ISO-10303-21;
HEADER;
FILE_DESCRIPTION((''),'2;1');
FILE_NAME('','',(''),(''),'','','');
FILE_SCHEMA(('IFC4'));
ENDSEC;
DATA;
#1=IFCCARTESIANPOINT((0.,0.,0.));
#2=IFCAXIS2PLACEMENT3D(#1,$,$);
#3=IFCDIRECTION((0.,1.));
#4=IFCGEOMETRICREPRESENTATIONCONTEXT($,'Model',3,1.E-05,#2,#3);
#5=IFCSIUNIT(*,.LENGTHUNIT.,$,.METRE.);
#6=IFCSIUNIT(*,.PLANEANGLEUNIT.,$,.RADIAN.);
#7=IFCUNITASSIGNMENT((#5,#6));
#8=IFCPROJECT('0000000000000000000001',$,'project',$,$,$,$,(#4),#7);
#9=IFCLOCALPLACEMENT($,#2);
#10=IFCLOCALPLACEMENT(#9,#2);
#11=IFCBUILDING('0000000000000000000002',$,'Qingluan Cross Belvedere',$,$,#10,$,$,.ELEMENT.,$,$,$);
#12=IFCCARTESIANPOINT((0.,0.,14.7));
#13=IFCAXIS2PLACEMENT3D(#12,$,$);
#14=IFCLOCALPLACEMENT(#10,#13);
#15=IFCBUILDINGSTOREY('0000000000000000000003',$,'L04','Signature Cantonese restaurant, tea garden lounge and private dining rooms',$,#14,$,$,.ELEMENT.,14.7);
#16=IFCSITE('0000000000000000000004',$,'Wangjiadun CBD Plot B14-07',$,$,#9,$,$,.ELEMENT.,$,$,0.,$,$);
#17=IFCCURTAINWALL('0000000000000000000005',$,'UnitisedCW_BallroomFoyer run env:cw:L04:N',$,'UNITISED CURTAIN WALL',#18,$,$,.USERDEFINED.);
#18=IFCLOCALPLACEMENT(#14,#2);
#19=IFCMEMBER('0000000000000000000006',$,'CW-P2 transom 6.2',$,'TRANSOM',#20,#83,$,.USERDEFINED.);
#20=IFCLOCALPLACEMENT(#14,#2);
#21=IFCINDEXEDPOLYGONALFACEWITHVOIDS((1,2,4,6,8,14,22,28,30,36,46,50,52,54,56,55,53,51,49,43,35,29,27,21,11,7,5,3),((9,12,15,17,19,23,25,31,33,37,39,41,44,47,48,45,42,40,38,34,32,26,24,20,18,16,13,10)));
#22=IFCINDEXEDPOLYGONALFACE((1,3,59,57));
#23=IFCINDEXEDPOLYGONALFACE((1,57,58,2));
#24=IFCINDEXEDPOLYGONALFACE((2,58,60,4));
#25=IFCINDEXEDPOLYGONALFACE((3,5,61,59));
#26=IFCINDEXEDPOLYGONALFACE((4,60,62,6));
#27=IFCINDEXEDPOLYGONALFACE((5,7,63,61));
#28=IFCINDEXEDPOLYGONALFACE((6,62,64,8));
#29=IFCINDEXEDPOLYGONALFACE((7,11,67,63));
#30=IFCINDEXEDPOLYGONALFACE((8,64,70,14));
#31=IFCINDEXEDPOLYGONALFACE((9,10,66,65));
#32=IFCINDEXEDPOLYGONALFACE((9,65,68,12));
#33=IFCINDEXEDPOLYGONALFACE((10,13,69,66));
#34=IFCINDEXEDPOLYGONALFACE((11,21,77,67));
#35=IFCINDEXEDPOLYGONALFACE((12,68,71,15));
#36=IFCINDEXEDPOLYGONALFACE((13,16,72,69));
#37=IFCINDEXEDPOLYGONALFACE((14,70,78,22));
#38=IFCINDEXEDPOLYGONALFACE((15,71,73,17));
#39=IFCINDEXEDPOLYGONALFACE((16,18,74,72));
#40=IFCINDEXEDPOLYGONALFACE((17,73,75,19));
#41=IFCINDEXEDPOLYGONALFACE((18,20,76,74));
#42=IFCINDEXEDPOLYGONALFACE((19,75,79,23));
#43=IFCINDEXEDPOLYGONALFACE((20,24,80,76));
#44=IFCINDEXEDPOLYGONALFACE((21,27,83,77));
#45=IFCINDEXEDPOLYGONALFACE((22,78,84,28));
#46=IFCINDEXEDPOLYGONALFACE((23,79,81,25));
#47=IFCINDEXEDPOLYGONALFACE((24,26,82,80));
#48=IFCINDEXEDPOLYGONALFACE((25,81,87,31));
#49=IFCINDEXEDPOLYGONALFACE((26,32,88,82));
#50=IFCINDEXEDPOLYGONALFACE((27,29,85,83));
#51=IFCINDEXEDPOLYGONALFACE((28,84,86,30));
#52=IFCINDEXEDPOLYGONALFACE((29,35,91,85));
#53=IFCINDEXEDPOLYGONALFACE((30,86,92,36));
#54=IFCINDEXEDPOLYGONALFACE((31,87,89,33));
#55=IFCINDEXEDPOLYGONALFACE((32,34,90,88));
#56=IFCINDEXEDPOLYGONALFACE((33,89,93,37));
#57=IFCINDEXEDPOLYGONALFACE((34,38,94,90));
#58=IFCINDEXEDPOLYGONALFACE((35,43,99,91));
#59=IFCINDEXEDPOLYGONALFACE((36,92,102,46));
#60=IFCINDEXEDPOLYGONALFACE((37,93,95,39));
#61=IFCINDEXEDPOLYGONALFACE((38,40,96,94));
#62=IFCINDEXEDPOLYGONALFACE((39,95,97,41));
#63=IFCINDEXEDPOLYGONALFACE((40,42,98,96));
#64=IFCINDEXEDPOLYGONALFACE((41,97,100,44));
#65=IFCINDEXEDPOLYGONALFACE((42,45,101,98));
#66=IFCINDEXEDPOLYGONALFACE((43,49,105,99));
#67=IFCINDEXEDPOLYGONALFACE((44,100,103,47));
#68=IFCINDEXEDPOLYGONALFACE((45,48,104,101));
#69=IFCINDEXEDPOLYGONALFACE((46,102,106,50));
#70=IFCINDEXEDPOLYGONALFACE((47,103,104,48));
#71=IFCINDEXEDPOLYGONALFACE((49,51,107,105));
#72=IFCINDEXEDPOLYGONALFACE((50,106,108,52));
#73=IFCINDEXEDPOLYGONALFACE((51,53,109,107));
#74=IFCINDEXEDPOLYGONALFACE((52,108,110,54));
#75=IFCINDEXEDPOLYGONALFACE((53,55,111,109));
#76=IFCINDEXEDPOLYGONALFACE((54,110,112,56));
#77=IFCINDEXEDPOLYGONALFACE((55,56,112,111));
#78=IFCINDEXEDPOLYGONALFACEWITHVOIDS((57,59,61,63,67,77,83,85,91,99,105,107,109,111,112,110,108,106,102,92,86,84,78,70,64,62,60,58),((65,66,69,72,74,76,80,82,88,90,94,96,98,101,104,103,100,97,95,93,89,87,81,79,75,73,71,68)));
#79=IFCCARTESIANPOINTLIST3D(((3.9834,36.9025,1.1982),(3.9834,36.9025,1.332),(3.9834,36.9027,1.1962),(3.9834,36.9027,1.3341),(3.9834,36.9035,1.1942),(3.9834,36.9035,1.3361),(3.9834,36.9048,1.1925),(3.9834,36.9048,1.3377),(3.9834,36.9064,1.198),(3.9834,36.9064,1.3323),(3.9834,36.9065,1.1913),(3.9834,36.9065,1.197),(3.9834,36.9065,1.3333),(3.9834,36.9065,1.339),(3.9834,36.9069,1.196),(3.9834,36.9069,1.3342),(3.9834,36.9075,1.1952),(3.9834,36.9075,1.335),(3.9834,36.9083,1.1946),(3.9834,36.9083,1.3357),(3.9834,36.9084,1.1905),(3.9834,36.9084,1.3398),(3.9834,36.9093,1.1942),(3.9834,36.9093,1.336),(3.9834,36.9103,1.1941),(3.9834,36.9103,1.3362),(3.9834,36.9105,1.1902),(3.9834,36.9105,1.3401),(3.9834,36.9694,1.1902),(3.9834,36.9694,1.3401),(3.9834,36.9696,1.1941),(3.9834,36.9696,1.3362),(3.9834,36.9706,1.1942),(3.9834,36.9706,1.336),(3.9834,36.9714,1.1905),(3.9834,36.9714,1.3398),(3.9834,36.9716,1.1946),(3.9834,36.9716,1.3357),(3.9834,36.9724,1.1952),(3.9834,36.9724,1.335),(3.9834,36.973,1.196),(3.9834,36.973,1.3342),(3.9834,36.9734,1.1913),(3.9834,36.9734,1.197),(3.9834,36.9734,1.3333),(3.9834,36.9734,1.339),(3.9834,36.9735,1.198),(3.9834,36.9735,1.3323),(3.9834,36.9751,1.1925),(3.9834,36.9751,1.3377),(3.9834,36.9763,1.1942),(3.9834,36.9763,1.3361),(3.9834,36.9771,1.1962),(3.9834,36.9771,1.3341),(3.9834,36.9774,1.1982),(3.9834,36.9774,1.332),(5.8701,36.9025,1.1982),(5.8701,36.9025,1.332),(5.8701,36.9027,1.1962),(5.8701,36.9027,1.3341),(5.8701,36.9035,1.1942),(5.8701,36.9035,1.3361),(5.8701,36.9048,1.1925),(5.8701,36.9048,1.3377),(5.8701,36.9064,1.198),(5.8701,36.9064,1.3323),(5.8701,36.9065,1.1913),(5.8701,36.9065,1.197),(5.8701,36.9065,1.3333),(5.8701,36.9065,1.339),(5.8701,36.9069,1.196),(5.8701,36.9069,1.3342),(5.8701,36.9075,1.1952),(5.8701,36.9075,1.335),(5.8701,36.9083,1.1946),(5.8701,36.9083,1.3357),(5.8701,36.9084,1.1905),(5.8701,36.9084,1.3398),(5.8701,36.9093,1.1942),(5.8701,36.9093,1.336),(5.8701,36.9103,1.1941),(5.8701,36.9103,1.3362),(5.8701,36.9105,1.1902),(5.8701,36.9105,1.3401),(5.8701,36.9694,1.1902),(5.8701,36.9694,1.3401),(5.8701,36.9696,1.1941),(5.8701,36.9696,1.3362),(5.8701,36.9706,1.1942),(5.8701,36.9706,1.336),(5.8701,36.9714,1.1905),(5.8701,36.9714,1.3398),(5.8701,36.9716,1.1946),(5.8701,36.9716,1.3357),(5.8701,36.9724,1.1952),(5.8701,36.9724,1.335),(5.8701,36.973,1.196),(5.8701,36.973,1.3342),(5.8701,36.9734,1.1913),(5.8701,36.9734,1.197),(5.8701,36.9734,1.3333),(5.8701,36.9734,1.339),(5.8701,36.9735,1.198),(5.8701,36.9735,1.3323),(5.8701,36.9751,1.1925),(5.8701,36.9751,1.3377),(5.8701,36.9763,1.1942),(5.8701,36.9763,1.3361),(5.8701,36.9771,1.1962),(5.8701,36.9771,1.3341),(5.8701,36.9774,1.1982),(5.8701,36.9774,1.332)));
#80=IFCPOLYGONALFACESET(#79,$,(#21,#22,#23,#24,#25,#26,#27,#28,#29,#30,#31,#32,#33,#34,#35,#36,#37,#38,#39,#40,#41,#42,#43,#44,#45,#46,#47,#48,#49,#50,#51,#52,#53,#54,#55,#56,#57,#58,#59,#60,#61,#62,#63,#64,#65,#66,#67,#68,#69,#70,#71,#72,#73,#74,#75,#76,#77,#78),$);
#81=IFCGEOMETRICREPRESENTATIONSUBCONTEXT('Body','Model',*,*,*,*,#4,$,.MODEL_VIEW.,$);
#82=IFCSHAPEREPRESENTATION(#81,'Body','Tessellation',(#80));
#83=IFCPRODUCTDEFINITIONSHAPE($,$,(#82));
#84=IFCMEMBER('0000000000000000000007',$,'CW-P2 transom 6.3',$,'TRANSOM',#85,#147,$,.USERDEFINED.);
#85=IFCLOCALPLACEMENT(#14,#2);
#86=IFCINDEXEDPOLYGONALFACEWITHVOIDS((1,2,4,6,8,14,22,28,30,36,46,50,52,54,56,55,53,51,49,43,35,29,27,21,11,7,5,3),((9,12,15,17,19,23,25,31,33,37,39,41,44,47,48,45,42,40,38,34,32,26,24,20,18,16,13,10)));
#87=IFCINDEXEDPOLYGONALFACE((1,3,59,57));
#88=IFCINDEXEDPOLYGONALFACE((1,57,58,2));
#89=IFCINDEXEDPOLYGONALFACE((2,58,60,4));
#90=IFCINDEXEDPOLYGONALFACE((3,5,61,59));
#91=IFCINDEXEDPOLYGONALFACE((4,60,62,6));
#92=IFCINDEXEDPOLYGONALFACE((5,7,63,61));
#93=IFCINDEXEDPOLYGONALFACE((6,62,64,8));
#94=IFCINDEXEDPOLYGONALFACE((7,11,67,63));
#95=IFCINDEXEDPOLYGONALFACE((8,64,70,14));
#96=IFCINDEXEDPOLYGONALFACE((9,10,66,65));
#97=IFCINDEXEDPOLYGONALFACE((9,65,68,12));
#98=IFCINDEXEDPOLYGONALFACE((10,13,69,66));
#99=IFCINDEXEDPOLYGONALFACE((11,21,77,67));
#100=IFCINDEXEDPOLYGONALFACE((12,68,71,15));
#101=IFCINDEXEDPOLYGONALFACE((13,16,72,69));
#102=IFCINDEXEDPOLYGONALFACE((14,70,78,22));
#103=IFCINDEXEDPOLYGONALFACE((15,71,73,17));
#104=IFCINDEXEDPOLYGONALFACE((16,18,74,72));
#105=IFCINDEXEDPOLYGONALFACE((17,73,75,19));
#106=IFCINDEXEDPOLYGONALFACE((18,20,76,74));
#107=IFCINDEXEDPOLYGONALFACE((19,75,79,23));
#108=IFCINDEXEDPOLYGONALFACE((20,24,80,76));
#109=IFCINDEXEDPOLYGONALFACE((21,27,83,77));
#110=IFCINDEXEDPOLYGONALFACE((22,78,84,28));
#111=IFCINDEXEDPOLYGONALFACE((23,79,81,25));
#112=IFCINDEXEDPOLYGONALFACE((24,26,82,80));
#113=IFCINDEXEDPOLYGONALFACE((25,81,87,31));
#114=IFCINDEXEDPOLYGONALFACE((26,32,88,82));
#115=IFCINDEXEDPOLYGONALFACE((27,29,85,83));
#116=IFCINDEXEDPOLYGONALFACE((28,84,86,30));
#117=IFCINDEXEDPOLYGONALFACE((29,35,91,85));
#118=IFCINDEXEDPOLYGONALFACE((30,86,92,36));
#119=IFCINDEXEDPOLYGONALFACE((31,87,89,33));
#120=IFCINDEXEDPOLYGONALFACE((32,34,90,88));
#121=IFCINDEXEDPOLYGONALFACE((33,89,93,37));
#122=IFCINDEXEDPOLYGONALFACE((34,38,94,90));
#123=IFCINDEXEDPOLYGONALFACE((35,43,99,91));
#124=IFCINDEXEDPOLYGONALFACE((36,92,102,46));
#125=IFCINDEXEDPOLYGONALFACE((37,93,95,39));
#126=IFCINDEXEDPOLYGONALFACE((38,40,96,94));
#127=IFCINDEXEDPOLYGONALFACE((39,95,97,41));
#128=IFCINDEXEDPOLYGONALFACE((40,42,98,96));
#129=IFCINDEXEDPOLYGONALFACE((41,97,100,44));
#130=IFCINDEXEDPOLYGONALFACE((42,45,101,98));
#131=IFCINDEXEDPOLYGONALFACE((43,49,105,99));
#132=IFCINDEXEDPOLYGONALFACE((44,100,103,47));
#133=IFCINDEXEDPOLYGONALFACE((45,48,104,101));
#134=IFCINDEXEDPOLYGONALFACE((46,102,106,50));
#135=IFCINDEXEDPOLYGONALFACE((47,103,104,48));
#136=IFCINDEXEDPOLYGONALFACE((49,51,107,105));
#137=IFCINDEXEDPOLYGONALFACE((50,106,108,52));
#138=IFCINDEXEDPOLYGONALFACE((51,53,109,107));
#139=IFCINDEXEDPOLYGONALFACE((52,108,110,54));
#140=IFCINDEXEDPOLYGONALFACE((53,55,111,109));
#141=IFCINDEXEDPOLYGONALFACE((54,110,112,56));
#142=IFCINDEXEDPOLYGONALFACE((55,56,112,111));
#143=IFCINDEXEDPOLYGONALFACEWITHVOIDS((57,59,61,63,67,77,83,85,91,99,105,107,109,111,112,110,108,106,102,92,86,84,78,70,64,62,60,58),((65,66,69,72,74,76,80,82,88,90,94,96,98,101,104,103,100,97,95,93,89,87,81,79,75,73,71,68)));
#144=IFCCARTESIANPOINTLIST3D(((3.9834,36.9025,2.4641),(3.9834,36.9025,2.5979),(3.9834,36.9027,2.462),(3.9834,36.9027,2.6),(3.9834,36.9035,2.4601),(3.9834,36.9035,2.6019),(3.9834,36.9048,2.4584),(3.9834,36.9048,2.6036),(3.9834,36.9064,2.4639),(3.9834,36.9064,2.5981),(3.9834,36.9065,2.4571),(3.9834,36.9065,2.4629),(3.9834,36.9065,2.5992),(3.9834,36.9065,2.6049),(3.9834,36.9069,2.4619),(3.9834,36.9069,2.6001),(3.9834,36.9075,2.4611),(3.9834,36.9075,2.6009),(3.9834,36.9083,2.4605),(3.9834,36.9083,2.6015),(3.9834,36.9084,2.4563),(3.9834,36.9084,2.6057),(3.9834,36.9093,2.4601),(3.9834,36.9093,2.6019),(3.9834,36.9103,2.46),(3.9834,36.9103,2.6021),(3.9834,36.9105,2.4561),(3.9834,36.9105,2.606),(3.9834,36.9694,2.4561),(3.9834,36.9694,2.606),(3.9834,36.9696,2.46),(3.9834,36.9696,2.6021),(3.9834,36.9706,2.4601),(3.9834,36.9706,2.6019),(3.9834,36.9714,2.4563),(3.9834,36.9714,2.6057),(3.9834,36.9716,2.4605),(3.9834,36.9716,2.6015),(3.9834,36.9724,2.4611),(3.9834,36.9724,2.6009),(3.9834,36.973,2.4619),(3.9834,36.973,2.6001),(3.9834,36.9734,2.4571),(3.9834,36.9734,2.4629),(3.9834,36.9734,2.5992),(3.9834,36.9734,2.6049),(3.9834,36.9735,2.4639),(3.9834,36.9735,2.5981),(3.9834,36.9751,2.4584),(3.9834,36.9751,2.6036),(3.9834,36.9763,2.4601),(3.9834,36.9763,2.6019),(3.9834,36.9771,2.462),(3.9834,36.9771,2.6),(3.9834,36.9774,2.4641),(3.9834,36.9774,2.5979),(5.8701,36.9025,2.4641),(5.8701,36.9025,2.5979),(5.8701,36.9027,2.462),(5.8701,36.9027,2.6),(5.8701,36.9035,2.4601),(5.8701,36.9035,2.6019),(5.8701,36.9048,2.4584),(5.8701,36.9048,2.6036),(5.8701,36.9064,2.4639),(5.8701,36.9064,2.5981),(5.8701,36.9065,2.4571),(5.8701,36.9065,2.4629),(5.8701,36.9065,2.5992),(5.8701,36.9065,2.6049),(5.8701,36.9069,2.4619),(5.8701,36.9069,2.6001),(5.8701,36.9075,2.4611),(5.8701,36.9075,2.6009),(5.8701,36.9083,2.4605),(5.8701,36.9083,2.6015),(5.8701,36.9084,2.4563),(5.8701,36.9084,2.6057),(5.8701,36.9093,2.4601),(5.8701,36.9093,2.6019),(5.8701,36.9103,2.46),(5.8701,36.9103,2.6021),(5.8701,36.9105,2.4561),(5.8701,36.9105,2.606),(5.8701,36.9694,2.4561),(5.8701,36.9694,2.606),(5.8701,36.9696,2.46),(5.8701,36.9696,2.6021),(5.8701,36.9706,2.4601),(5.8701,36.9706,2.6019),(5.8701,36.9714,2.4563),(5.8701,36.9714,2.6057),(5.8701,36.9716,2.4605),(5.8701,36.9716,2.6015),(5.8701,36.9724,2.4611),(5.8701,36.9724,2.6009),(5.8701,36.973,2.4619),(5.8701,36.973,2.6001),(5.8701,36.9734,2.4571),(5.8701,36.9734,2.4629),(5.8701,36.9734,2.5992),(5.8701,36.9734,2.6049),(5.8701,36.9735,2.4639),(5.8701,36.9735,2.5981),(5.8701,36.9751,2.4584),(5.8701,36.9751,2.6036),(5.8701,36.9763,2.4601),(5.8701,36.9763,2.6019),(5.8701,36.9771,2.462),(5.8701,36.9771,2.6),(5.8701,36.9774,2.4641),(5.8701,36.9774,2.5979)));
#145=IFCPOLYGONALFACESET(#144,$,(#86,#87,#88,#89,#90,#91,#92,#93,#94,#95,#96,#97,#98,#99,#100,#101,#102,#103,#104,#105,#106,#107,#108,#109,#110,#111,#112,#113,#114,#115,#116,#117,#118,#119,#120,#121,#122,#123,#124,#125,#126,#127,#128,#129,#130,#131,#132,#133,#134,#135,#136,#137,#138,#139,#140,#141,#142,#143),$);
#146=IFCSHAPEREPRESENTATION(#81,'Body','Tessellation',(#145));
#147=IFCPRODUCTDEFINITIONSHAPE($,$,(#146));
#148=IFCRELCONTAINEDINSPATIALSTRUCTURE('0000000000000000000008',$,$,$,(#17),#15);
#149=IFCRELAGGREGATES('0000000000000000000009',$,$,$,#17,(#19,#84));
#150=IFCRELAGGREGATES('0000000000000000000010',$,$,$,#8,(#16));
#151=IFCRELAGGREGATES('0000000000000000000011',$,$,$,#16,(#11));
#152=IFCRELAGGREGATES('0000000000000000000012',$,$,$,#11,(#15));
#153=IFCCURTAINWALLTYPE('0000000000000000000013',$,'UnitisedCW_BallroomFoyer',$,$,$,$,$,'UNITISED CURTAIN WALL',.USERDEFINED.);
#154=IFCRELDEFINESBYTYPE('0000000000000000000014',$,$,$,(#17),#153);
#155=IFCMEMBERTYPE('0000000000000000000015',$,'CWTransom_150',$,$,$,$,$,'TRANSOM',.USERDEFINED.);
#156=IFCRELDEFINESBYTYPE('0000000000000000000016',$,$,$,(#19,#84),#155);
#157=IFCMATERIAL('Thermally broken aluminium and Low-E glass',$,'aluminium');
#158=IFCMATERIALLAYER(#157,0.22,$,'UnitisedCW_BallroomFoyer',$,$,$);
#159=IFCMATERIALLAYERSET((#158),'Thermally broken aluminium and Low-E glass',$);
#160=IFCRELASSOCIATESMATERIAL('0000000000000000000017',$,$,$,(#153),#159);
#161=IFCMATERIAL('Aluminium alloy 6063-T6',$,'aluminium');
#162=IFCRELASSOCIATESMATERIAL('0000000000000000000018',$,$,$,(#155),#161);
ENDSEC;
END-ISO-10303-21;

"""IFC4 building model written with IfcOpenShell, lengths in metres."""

from ifc_helpers import new_model, si_unit, direction, frame, origin, origin_2d, place, context, subcontext, project, spatial, hollow_rectangle, extrude, material, layer, layer_set, material_profile, profile_set, type_object, element, aggregate, save


model = new_model("IFC4")

# Units and contexts
model_context = context("Model", 3, precision=1e-05, world=origin(), true_north=direction((0.0, 1.0)))
body_context = subcontext(model_context, "Body", "Model", "MODEL_VIEW")
ifc_project = project(units=[si_unit("LENGTHUNIT", "METRE"), si_unit("PLANEANGLEUNIT", "RADIAN")], contexts=[model_context])

# Site, building, storey
site_placement = place(None, origin())
site = spatial("IfcSite", under=ifc_project, at=site_placement, Name="Wangjiadun CBD Plot B14-07", CompositionType="ELEMENT", RefElevation=0.0)
building_placement = place(site_placement, origin())
building = spatial("IfcBuilding", under=site, at=building_placement, Name="Qingluan Cross Belvedere", CompositionType="ELEMENT")
storey_placement = place(building_placement, frame((0.0, 0.0, 14.7)))
storey = spatial("IfcBuildingStorey", under=building, at=storey_placement, Name="L04", Description="Signature Cantonese restaurant, tea garden lounge and private dining rooms", CompositionType="ELEMENT", Elevation=14.7)

# Curtain wall, members
ifc_material_1 = material(Name="Thermally broken aluminium and Low-E glass", Category="aluminium")
ifc_layer_1 = layer(ifc_material_1, 0.22, Name="UnitisedCW_BallroomFoyer")
ifc_layer_set_1 = layer_set([ifc_layer_1], Name="Thermally broken aluminium and Low-E glass")
curtain_wall_type = type_object("IfcCurtainWallType", Name="UnitisedCW_BallroomFoyer", ElementType="UNITISED CURTAIN WALL", PredefinedType="USERDEFINED", material=ifc_layer_set_1)
curtain_wall_placement = place(storey_placement, origin())
curtain_wall = element("IfcCurtainWall", 1, at=curtain_wall_placement, inside=storey, type_object=curtain_wall_type, Name="UnitisedCW_BallroomFoyer run env:cw:L04:N", ObjectType="UNITISED CURTAIN WALL", PredefinedType="USERDEFINED")
ifc_material_2 = material(Name="Aluminium alloy 6063-T6", Category="aluminium")
ifc_material_profile_1 = material_profile(ifc_material_2, hollow_rectangle(XDim=0.075, YDim=0.1499, WallThickness=0.0039, InnerFilletRadius=0.0039, OuterFilletRadius=0.0081, at=origin_2d()), Name="CWT150x75x4")
ifc_profile_set_1 = profile_set([ifc_material_profile_1], Name="Aluminium alloy 6063-T6")
member_type_1 = type_object("IfcMemberType", Name="CWTransom_150", ElementType="TRANSOM", PredefinedType="USERDEFINED", material=ifc_profile_set_1)
member_1_placement = place(storey_placement, frame((3.9834, 36.9399, 1.2651), z_axis=(1.0, 0.0, 0.0), x_axis=(0.0, 1.0, 0.0)))
member_1 = element("IfcMember", 2, at=member_1_placement, type_object=member_type_1, Name="CW-P2 transom 6.2", ObjectType="TRANSOM", PredefinedType="USERDEFINED", context=body_context, shape_type="SweptSolid", body=[
    extrude(hollow_rectangle(XDim=0.075, YDim=0.1499, WallThickness=0.0039, InnerFilletRadius=0.0039, OuterFilletRadius=0.0081, at=origin_2d()), origin(), (0.0, 0.0, 1.0), 1.8867),
])
member_2_placement = place(storey_placement, frame((3.9834, 36.9399, 2.531), z_axis=(1.0, 0.0, 0.0), x_axis=(0.0, 1.0, 0.0)))
member_2 = element("IfcMember", 3, at=member_2_placement, type_object=member_type_1, Name="CW-P2 transom 6.3", ObjectType="TRANSOM", PredefinedType="USERDEFINED", context=body_context, shape_type="SweptSolid", body=[
    extrude(hollow_rectangle(XDim=0.075, YDim=0.1499, WallThickness=0.0039, InnerFilletRadius=0.0039, OuterFilletRadius=0.0081, at=origin_2d()), origin(), (0.0, 0.0, 1.0), 1.8867),
])

aggregate(curtain_wall, [member_1, member_2])

save(model, "model.ifc")
